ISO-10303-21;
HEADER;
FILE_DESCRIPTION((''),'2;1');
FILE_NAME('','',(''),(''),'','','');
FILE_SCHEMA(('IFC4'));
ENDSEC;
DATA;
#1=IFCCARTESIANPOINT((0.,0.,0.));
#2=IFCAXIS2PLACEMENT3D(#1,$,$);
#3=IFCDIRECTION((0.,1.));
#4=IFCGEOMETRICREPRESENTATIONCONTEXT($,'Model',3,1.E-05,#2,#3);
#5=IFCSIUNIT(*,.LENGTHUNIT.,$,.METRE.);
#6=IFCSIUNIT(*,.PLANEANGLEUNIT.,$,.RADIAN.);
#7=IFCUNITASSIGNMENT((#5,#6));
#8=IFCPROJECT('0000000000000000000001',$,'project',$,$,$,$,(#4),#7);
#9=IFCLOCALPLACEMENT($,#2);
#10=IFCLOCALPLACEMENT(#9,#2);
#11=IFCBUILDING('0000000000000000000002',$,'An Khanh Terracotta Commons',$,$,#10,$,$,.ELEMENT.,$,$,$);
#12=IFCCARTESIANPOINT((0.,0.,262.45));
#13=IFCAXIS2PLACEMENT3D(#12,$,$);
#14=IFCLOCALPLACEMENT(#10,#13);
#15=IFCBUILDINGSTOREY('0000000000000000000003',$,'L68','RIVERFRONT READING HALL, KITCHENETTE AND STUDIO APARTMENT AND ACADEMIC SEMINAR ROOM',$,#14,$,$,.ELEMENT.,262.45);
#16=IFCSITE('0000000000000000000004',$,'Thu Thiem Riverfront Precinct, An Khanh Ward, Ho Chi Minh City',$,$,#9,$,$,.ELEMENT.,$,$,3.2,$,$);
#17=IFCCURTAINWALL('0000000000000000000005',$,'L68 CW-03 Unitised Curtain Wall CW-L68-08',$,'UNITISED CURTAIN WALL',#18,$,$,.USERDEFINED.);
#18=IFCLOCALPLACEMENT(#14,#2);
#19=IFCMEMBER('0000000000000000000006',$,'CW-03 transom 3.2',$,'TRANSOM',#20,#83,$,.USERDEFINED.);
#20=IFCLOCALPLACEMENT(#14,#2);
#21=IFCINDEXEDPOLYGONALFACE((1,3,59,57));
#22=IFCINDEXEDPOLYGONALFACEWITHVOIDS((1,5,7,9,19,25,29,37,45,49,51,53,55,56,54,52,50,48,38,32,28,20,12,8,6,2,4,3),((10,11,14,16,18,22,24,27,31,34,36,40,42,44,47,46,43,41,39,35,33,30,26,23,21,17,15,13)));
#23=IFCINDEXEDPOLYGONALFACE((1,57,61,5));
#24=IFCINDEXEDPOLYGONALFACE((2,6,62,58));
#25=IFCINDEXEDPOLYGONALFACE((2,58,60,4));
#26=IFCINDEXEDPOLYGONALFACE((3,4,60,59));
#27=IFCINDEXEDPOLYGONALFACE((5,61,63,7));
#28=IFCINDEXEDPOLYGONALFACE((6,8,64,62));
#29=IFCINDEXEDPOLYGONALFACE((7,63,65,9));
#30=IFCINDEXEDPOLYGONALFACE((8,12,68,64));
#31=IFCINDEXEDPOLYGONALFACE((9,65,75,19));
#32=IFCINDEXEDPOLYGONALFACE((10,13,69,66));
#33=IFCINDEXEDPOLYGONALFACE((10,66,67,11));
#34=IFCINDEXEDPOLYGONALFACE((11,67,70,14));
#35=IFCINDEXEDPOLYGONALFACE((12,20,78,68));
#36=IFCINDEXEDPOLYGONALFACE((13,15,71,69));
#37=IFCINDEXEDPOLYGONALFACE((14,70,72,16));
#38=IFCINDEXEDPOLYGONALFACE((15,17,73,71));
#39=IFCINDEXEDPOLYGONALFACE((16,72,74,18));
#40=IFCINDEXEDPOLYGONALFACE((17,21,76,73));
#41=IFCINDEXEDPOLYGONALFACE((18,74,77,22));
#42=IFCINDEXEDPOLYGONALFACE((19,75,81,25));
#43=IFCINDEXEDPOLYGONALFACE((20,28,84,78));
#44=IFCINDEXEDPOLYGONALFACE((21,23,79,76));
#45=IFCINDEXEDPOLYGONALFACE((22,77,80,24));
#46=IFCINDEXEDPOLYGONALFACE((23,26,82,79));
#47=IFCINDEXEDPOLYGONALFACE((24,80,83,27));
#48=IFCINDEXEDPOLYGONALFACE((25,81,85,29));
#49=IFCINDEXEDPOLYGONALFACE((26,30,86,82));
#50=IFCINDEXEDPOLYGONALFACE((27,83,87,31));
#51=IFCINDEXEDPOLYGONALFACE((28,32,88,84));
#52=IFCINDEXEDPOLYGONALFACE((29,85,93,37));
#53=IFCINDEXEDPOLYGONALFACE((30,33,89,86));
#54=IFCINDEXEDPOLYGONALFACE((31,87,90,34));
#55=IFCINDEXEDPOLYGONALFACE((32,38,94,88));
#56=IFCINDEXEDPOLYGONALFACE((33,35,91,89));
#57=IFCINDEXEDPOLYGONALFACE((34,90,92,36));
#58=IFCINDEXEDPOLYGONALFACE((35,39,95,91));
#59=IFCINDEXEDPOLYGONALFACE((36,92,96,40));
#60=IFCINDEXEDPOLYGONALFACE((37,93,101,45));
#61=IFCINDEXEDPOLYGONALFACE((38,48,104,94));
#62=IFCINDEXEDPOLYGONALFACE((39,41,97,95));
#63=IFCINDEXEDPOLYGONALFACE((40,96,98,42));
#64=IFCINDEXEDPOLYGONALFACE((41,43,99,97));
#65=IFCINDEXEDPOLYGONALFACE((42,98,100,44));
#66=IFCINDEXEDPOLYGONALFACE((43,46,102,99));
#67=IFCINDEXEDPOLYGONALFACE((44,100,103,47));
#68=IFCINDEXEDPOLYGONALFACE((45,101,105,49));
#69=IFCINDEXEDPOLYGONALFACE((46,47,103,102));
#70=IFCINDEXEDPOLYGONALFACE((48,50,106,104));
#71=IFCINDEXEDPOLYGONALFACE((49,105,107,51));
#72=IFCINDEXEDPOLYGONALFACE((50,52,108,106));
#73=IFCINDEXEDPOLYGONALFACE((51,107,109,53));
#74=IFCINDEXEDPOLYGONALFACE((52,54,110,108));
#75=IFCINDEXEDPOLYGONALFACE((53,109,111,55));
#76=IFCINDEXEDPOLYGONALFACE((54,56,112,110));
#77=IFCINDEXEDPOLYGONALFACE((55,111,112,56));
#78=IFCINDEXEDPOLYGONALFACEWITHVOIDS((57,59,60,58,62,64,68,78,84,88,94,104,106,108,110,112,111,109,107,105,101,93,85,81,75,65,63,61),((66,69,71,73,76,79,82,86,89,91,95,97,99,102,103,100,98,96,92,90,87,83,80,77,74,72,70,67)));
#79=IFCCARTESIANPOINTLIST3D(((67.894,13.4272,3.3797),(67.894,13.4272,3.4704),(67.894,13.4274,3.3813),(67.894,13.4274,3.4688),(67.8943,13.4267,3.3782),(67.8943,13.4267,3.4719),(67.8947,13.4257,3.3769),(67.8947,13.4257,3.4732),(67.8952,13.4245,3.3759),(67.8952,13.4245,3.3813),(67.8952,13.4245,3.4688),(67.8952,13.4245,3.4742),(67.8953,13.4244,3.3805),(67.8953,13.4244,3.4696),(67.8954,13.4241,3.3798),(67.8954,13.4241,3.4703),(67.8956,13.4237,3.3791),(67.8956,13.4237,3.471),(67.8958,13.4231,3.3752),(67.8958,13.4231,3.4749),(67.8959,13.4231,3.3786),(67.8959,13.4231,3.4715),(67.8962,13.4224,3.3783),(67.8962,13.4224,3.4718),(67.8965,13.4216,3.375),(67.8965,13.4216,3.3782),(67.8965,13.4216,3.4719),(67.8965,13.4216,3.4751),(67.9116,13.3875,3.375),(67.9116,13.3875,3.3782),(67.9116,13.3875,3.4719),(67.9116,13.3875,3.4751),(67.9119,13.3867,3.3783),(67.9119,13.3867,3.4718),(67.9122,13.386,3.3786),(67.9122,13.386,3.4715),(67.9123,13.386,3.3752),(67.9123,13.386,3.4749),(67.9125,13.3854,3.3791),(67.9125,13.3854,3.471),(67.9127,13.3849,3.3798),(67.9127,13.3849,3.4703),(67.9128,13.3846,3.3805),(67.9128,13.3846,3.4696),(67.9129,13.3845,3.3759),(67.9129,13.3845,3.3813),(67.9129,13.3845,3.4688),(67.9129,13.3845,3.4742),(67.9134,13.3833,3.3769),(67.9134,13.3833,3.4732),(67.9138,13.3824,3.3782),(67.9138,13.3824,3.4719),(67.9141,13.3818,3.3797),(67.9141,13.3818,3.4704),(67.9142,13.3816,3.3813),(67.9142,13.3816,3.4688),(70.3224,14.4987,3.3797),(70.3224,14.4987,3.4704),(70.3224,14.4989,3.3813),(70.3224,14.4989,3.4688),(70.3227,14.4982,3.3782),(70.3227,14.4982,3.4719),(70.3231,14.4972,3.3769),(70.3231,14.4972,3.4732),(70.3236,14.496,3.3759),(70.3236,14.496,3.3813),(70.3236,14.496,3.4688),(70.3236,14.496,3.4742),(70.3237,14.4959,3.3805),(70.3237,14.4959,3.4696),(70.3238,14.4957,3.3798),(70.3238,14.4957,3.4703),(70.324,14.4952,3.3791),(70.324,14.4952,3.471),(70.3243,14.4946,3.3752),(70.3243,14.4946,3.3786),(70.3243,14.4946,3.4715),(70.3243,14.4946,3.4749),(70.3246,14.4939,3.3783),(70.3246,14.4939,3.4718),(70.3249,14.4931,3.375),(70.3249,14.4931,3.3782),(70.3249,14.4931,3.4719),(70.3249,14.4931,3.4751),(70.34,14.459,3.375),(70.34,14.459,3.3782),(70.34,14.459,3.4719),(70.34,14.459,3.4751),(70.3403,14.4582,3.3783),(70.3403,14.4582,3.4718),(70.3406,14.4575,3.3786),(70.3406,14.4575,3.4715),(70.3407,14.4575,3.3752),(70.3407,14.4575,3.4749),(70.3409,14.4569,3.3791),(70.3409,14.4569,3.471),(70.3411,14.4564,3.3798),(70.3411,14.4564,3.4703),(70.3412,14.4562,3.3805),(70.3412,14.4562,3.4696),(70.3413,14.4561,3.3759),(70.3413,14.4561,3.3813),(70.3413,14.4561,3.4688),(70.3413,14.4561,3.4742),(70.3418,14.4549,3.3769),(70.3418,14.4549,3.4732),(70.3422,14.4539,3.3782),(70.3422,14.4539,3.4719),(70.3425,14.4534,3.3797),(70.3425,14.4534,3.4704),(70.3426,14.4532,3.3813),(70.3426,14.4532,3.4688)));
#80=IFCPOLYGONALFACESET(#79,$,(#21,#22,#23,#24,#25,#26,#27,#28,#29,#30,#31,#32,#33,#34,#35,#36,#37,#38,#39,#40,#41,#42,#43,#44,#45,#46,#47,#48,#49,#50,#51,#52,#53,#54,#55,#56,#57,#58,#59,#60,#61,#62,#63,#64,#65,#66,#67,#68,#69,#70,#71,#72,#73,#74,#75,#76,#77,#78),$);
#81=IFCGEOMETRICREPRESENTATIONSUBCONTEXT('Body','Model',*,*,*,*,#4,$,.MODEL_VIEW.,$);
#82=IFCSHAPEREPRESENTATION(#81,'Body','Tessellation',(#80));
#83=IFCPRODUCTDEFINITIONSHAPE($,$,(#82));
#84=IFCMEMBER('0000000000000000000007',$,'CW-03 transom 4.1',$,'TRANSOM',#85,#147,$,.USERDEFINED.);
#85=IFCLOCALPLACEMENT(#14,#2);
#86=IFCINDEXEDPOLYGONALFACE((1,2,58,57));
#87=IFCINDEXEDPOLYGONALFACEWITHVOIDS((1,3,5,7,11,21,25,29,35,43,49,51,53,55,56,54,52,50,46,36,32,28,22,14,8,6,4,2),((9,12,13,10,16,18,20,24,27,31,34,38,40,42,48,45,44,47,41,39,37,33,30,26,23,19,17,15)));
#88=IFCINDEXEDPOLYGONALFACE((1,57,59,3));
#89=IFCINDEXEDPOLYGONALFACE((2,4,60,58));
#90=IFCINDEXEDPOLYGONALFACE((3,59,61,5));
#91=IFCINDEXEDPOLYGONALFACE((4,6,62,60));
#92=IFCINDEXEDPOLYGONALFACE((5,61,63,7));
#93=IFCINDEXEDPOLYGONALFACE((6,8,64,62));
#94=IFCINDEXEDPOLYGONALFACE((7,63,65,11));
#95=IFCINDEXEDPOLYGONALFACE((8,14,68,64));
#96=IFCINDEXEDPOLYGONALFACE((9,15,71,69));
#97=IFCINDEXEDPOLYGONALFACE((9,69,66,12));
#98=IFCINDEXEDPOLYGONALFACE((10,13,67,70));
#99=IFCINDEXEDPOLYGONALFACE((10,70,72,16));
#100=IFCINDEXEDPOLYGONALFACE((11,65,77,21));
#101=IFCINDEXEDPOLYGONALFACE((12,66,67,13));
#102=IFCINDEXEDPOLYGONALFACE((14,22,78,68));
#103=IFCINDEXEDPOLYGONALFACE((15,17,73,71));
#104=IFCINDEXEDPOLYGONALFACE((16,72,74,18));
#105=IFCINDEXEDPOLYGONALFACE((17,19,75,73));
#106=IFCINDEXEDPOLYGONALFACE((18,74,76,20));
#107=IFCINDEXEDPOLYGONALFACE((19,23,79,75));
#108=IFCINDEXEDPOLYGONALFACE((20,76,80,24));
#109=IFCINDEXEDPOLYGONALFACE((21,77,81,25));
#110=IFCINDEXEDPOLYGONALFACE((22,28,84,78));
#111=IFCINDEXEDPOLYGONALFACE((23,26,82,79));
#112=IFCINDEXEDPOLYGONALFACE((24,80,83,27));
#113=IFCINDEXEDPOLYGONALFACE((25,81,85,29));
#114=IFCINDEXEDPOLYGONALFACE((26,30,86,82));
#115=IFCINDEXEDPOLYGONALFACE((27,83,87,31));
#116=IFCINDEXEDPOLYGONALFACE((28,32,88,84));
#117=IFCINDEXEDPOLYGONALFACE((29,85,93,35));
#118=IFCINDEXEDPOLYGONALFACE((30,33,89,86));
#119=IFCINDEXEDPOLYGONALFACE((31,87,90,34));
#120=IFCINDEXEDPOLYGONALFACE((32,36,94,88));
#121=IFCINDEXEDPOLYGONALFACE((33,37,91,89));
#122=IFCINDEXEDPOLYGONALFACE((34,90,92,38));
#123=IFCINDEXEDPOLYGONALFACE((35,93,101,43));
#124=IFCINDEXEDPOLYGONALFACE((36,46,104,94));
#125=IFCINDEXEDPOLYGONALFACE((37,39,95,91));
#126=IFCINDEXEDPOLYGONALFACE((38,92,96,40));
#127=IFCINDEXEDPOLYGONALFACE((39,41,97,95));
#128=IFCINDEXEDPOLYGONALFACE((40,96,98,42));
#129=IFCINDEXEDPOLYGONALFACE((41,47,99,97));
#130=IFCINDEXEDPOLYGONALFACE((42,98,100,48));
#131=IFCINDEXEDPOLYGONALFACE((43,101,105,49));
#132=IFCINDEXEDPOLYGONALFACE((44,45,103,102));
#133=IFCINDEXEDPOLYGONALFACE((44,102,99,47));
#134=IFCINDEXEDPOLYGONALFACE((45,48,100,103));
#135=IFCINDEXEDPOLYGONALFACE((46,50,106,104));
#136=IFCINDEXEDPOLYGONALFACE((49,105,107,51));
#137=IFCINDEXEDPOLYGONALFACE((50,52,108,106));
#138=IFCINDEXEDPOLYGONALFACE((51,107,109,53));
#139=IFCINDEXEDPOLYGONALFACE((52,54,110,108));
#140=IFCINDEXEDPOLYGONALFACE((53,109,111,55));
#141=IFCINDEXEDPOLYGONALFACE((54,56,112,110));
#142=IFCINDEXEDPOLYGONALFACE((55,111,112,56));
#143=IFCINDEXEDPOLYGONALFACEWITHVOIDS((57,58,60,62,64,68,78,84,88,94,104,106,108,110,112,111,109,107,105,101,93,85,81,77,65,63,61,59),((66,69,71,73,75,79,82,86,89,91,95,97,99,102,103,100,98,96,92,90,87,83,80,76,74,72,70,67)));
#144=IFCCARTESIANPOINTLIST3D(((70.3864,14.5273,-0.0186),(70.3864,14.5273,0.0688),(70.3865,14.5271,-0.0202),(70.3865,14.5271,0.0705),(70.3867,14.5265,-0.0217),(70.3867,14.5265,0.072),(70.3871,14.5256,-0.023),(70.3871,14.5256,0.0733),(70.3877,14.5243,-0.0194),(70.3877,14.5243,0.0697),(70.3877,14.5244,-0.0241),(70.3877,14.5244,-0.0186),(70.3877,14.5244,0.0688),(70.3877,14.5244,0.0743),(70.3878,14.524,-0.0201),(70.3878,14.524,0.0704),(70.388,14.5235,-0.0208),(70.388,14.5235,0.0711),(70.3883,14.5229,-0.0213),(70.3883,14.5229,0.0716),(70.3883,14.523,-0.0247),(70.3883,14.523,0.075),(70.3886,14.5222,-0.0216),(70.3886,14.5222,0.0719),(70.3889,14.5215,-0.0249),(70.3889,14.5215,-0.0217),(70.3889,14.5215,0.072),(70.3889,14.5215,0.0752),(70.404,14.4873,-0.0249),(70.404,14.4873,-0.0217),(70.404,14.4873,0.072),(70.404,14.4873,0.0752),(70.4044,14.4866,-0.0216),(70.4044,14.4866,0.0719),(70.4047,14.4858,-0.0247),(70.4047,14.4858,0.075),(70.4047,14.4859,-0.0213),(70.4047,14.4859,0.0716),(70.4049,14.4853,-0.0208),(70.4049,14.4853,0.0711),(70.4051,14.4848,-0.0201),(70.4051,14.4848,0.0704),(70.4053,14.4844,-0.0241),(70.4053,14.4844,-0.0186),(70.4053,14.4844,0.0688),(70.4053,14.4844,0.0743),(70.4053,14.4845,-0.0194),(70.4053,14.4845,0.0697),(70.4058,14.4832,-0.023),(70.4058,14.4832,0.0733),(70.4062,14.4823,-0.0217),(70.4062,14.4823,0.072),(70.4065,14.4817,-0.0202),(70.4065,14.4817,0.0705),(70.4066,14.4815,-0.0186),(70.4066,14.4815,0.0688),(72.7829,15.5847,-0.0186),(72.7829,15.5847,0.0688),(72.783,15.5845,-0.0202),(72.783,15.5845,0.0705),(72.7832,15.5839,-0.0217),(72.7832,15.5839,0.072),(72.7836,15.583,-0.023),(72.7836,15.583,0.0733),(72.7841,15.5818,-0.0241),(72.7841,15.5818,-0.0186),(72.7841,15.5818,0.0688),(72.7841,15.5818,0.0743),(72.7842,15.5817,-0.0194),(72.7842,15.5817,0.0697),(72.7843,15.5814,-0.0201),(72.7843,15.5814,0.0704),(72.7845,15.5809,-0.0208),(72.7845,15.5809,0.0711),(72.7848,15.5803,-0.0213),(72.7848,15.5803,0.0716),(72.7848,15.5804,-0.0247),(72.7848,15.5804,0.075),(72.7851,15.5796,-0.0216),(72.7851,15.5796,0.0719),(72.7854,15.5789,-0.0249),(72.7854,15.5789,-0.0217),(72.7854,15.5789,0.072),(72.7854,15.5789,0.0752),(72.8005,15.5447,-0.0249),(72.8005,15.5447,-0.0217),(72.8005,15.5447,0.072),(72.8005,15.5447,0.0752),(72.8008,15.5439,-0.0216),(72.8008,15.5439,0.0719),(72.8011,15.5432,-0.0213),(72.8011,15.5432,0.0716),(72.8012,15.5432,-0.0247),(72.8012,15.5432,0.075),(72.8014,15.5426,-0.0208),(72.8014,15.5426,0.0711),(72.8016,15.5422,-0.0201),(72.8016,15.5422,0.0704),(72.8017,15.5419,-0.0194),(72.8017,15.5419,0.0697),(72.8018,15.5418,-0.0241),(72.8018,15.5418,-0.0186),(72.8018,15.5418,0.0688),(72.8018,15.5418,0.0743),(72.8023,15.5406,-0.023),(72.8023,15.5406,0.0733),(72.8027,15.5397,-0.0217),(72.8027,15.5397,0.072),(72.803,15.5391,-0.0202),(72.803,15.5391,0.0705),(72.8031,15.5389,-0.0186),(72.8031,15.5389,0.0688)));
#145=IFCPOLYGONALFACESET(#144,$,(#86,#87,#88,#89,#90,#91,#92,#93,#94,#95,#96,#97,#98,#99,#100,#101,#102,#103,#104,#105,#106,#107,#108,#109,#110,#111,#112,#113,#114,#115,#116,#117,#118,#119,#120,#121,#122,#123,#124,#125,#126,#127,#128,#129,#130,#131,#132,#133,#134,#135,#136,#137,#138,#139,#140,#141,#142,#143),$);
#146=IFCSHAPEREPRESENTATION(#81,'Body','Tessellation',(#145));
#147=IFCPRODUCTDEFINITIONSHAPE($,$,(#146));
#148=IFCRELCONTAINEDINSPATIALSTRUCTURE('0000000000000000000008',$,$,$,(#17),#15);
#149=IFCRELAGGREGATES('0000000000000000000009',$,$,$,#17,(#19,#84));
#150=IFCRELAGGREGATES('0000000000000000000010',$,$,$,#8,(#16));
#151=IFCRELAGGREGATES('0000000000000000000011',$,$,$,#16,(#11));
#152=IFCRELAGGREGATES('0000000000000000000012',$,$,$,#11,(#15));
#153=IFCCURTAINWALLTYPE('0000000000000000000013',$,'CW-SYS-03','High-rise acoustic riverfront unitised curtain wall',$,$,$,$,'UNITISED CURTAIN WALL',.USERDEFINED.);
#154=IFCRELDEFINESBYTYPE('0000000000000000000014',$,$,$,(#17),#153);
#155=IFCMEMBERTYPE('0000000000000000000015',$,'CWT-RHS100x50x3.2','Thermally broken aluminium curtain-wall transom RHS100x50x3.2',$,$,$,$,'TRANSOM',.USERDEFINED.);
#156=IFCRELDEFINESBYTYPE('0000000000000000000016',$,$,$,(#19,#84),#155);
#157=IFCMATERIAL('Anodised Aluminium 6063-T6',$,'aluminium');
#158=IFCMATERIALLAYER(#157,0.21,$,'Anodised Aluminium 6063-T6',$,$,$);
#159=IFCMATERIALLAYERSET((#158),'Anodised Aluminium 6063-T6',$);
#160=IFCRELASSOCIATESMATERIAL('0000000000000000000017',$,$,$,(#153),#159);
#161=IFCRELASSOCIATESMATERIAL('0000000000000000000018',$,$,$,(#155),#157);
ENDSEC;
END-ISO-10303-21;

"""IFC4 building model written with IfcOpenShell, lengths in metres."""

from ifc_helpers import new_model, si_unit, direction, frame, origin, origin_2d, place, context, subcontext, project, spatial, hollow_rectangle, extrude, material, layer, layer_set, material_profile, profile_set, type_object, element, aggregate, save


model = new_model("IFC4")

# Units and contexts
model_context = context("Model", 3, precision=1e-05, world=origin(), true_north=direction((0.0, 1.0)))
body_context = subcontext(model_context, "Body", "Model", "MODEL_VIEW")
ifc_project = project(units=[si_unit("LENGTHUNIT", "METRE"), si_unit("PLANEANGLEUNIT", "RADIAN")], contexts=[model_context])

# Site, building, storey
site_placement = place(None, origin())
site = spatial("IfcSite", under=ifc_project, at=site_placement, Name="Thu Thiem Riverfront Precinct, An Khanh Ward, Ho Chi Minh City", CompositionType="ELEMENT", RefElevation=3.2)
building_placement = place(site_placement, origin())
building = spatial("IfcBuilding", under=site, at=building_placement, Name="An Khanh Terracotta Commons", CompositionType="ELEMENT")
storey_placement = place(building_placement, frame((0.0, 0.0, 262.45)))
storey = spatial("IfcBuildingStorey", under=building, at=storey_placement, Name="L68", Description="RIVERFRONT READING HALL, KITCHENETTE AND STUDIO APARTMENT AND ACADEMIC SEMINAR ROOM", CompositionType="ELEMENT", Elevation=262.45)

# Curtain wall
ifc_material_1 = material(Name="Anodised Aluminium 6063-T6", Category="aluminium")
ifc_layer_1 = layer(ifc_material_1, 0.21, Name="Anodised Aluminium 6063-T6")
ifc_layer_set_1 = layer_set([ifc_layer_1], Name="Anodised Aluminium 6063-T6")
curtain_wall_type = type_object("IfcCurtainWallType", Name="CW-SYS-03", Description="High-rise acoustic riverfront unitised curtain wall", ElementType="UNITISED CURTAIN WALL", PredefinedType="USERDEFINED", material=ifc_layer_set_1)
curtain_wall_1_placement = place(storey_placement, origin())
curtain_wall_1 = element("IfcCurtainWall", 1, at=curtain_wall_1_placement, inside=storey, type_object=curtain_wall_type, Name="L68 CW-03 Unitised Curtain Wall CW-L68-08", ObjectType="UNITISED CURTAIN WALL", PredefinedType="USERDEFINED")

# Members
ifc_material_profile_1 = material_profile(ifc_material_1, hollow_rectangle(XDim=0.05, YDim=0.1001, WallThickness=0.0032, InnerFilletRadius=0.0032, OuterFilletRadius=0.0063, at=origin_2d()), Name="RHS100x50x3.2")
ifc_profile_set_1 = profile_set([ifc_material_profile_1], Name="Anodised Aluminium 6063-T6")
member_type_1 = type_object("IfcMemberType", Name="CWT-RHS100x50x3.2", Description="Thermally broken aluminium curtain-wall transom RHS100x50x3.2", ElementType="TRANSOM", PredefinedType="USERDEFINED", material=ifc_profile_set_1)
member_1_placement = place(storey_placement, frame((67.9041, 13.4045, 3.425), z_axis=(0.914897, 0.403688, 0.0), x_axis=(-0.403688, 0.914897, 0.0)))
member_1 = element("IfcMember", 2, at=member_1_placement, type_object=member_type_1, Name="CW-03 transom 3.2", ObjectType="TRANSOM", PredefinedType="USERDEFINED", context=body_context, shape_type="SweptSolid", body=[
    extrude(hollow_rectangle(XDim=0.05, YDim=0.1001, WallThickness=0.0032, InnerFilletRadius=0.0032, OuterFilletRadius=0.0063, at=origin_2d()), origin(), (0.0, 0.0, 1.0), 2.6543),
])
member_2_placement = place(storey_placement, frame((70.3965, 14.5044, 0.0251), z_axis=(0.914904, 0.403672, 0.0), x_axis=(-0.403672, 0.914904, 0.0)))
member_2 = element("IfcMember", 3, at=member_2_placement, type_object=member_type_1, Name="CW-03 transom 4.1", ObjectType="TRANSOM", PredefinedType="USERDEFINED", context=body_context, shape_type="SweptSolid", body=[
    extrude(hollow_rectangle(XDim=0.05, YDim=0.1001, WallThickness=0.0032, InnerFilletRadius=0.0032, OuterFilletRadius=0.0063, at=origin_2d()), origin(), (0.0, 0.0, 1.0), 2.6194),
])

aggregate(curtain_wall_1, [member_1, member_2])

save(model, "model.ifc")
